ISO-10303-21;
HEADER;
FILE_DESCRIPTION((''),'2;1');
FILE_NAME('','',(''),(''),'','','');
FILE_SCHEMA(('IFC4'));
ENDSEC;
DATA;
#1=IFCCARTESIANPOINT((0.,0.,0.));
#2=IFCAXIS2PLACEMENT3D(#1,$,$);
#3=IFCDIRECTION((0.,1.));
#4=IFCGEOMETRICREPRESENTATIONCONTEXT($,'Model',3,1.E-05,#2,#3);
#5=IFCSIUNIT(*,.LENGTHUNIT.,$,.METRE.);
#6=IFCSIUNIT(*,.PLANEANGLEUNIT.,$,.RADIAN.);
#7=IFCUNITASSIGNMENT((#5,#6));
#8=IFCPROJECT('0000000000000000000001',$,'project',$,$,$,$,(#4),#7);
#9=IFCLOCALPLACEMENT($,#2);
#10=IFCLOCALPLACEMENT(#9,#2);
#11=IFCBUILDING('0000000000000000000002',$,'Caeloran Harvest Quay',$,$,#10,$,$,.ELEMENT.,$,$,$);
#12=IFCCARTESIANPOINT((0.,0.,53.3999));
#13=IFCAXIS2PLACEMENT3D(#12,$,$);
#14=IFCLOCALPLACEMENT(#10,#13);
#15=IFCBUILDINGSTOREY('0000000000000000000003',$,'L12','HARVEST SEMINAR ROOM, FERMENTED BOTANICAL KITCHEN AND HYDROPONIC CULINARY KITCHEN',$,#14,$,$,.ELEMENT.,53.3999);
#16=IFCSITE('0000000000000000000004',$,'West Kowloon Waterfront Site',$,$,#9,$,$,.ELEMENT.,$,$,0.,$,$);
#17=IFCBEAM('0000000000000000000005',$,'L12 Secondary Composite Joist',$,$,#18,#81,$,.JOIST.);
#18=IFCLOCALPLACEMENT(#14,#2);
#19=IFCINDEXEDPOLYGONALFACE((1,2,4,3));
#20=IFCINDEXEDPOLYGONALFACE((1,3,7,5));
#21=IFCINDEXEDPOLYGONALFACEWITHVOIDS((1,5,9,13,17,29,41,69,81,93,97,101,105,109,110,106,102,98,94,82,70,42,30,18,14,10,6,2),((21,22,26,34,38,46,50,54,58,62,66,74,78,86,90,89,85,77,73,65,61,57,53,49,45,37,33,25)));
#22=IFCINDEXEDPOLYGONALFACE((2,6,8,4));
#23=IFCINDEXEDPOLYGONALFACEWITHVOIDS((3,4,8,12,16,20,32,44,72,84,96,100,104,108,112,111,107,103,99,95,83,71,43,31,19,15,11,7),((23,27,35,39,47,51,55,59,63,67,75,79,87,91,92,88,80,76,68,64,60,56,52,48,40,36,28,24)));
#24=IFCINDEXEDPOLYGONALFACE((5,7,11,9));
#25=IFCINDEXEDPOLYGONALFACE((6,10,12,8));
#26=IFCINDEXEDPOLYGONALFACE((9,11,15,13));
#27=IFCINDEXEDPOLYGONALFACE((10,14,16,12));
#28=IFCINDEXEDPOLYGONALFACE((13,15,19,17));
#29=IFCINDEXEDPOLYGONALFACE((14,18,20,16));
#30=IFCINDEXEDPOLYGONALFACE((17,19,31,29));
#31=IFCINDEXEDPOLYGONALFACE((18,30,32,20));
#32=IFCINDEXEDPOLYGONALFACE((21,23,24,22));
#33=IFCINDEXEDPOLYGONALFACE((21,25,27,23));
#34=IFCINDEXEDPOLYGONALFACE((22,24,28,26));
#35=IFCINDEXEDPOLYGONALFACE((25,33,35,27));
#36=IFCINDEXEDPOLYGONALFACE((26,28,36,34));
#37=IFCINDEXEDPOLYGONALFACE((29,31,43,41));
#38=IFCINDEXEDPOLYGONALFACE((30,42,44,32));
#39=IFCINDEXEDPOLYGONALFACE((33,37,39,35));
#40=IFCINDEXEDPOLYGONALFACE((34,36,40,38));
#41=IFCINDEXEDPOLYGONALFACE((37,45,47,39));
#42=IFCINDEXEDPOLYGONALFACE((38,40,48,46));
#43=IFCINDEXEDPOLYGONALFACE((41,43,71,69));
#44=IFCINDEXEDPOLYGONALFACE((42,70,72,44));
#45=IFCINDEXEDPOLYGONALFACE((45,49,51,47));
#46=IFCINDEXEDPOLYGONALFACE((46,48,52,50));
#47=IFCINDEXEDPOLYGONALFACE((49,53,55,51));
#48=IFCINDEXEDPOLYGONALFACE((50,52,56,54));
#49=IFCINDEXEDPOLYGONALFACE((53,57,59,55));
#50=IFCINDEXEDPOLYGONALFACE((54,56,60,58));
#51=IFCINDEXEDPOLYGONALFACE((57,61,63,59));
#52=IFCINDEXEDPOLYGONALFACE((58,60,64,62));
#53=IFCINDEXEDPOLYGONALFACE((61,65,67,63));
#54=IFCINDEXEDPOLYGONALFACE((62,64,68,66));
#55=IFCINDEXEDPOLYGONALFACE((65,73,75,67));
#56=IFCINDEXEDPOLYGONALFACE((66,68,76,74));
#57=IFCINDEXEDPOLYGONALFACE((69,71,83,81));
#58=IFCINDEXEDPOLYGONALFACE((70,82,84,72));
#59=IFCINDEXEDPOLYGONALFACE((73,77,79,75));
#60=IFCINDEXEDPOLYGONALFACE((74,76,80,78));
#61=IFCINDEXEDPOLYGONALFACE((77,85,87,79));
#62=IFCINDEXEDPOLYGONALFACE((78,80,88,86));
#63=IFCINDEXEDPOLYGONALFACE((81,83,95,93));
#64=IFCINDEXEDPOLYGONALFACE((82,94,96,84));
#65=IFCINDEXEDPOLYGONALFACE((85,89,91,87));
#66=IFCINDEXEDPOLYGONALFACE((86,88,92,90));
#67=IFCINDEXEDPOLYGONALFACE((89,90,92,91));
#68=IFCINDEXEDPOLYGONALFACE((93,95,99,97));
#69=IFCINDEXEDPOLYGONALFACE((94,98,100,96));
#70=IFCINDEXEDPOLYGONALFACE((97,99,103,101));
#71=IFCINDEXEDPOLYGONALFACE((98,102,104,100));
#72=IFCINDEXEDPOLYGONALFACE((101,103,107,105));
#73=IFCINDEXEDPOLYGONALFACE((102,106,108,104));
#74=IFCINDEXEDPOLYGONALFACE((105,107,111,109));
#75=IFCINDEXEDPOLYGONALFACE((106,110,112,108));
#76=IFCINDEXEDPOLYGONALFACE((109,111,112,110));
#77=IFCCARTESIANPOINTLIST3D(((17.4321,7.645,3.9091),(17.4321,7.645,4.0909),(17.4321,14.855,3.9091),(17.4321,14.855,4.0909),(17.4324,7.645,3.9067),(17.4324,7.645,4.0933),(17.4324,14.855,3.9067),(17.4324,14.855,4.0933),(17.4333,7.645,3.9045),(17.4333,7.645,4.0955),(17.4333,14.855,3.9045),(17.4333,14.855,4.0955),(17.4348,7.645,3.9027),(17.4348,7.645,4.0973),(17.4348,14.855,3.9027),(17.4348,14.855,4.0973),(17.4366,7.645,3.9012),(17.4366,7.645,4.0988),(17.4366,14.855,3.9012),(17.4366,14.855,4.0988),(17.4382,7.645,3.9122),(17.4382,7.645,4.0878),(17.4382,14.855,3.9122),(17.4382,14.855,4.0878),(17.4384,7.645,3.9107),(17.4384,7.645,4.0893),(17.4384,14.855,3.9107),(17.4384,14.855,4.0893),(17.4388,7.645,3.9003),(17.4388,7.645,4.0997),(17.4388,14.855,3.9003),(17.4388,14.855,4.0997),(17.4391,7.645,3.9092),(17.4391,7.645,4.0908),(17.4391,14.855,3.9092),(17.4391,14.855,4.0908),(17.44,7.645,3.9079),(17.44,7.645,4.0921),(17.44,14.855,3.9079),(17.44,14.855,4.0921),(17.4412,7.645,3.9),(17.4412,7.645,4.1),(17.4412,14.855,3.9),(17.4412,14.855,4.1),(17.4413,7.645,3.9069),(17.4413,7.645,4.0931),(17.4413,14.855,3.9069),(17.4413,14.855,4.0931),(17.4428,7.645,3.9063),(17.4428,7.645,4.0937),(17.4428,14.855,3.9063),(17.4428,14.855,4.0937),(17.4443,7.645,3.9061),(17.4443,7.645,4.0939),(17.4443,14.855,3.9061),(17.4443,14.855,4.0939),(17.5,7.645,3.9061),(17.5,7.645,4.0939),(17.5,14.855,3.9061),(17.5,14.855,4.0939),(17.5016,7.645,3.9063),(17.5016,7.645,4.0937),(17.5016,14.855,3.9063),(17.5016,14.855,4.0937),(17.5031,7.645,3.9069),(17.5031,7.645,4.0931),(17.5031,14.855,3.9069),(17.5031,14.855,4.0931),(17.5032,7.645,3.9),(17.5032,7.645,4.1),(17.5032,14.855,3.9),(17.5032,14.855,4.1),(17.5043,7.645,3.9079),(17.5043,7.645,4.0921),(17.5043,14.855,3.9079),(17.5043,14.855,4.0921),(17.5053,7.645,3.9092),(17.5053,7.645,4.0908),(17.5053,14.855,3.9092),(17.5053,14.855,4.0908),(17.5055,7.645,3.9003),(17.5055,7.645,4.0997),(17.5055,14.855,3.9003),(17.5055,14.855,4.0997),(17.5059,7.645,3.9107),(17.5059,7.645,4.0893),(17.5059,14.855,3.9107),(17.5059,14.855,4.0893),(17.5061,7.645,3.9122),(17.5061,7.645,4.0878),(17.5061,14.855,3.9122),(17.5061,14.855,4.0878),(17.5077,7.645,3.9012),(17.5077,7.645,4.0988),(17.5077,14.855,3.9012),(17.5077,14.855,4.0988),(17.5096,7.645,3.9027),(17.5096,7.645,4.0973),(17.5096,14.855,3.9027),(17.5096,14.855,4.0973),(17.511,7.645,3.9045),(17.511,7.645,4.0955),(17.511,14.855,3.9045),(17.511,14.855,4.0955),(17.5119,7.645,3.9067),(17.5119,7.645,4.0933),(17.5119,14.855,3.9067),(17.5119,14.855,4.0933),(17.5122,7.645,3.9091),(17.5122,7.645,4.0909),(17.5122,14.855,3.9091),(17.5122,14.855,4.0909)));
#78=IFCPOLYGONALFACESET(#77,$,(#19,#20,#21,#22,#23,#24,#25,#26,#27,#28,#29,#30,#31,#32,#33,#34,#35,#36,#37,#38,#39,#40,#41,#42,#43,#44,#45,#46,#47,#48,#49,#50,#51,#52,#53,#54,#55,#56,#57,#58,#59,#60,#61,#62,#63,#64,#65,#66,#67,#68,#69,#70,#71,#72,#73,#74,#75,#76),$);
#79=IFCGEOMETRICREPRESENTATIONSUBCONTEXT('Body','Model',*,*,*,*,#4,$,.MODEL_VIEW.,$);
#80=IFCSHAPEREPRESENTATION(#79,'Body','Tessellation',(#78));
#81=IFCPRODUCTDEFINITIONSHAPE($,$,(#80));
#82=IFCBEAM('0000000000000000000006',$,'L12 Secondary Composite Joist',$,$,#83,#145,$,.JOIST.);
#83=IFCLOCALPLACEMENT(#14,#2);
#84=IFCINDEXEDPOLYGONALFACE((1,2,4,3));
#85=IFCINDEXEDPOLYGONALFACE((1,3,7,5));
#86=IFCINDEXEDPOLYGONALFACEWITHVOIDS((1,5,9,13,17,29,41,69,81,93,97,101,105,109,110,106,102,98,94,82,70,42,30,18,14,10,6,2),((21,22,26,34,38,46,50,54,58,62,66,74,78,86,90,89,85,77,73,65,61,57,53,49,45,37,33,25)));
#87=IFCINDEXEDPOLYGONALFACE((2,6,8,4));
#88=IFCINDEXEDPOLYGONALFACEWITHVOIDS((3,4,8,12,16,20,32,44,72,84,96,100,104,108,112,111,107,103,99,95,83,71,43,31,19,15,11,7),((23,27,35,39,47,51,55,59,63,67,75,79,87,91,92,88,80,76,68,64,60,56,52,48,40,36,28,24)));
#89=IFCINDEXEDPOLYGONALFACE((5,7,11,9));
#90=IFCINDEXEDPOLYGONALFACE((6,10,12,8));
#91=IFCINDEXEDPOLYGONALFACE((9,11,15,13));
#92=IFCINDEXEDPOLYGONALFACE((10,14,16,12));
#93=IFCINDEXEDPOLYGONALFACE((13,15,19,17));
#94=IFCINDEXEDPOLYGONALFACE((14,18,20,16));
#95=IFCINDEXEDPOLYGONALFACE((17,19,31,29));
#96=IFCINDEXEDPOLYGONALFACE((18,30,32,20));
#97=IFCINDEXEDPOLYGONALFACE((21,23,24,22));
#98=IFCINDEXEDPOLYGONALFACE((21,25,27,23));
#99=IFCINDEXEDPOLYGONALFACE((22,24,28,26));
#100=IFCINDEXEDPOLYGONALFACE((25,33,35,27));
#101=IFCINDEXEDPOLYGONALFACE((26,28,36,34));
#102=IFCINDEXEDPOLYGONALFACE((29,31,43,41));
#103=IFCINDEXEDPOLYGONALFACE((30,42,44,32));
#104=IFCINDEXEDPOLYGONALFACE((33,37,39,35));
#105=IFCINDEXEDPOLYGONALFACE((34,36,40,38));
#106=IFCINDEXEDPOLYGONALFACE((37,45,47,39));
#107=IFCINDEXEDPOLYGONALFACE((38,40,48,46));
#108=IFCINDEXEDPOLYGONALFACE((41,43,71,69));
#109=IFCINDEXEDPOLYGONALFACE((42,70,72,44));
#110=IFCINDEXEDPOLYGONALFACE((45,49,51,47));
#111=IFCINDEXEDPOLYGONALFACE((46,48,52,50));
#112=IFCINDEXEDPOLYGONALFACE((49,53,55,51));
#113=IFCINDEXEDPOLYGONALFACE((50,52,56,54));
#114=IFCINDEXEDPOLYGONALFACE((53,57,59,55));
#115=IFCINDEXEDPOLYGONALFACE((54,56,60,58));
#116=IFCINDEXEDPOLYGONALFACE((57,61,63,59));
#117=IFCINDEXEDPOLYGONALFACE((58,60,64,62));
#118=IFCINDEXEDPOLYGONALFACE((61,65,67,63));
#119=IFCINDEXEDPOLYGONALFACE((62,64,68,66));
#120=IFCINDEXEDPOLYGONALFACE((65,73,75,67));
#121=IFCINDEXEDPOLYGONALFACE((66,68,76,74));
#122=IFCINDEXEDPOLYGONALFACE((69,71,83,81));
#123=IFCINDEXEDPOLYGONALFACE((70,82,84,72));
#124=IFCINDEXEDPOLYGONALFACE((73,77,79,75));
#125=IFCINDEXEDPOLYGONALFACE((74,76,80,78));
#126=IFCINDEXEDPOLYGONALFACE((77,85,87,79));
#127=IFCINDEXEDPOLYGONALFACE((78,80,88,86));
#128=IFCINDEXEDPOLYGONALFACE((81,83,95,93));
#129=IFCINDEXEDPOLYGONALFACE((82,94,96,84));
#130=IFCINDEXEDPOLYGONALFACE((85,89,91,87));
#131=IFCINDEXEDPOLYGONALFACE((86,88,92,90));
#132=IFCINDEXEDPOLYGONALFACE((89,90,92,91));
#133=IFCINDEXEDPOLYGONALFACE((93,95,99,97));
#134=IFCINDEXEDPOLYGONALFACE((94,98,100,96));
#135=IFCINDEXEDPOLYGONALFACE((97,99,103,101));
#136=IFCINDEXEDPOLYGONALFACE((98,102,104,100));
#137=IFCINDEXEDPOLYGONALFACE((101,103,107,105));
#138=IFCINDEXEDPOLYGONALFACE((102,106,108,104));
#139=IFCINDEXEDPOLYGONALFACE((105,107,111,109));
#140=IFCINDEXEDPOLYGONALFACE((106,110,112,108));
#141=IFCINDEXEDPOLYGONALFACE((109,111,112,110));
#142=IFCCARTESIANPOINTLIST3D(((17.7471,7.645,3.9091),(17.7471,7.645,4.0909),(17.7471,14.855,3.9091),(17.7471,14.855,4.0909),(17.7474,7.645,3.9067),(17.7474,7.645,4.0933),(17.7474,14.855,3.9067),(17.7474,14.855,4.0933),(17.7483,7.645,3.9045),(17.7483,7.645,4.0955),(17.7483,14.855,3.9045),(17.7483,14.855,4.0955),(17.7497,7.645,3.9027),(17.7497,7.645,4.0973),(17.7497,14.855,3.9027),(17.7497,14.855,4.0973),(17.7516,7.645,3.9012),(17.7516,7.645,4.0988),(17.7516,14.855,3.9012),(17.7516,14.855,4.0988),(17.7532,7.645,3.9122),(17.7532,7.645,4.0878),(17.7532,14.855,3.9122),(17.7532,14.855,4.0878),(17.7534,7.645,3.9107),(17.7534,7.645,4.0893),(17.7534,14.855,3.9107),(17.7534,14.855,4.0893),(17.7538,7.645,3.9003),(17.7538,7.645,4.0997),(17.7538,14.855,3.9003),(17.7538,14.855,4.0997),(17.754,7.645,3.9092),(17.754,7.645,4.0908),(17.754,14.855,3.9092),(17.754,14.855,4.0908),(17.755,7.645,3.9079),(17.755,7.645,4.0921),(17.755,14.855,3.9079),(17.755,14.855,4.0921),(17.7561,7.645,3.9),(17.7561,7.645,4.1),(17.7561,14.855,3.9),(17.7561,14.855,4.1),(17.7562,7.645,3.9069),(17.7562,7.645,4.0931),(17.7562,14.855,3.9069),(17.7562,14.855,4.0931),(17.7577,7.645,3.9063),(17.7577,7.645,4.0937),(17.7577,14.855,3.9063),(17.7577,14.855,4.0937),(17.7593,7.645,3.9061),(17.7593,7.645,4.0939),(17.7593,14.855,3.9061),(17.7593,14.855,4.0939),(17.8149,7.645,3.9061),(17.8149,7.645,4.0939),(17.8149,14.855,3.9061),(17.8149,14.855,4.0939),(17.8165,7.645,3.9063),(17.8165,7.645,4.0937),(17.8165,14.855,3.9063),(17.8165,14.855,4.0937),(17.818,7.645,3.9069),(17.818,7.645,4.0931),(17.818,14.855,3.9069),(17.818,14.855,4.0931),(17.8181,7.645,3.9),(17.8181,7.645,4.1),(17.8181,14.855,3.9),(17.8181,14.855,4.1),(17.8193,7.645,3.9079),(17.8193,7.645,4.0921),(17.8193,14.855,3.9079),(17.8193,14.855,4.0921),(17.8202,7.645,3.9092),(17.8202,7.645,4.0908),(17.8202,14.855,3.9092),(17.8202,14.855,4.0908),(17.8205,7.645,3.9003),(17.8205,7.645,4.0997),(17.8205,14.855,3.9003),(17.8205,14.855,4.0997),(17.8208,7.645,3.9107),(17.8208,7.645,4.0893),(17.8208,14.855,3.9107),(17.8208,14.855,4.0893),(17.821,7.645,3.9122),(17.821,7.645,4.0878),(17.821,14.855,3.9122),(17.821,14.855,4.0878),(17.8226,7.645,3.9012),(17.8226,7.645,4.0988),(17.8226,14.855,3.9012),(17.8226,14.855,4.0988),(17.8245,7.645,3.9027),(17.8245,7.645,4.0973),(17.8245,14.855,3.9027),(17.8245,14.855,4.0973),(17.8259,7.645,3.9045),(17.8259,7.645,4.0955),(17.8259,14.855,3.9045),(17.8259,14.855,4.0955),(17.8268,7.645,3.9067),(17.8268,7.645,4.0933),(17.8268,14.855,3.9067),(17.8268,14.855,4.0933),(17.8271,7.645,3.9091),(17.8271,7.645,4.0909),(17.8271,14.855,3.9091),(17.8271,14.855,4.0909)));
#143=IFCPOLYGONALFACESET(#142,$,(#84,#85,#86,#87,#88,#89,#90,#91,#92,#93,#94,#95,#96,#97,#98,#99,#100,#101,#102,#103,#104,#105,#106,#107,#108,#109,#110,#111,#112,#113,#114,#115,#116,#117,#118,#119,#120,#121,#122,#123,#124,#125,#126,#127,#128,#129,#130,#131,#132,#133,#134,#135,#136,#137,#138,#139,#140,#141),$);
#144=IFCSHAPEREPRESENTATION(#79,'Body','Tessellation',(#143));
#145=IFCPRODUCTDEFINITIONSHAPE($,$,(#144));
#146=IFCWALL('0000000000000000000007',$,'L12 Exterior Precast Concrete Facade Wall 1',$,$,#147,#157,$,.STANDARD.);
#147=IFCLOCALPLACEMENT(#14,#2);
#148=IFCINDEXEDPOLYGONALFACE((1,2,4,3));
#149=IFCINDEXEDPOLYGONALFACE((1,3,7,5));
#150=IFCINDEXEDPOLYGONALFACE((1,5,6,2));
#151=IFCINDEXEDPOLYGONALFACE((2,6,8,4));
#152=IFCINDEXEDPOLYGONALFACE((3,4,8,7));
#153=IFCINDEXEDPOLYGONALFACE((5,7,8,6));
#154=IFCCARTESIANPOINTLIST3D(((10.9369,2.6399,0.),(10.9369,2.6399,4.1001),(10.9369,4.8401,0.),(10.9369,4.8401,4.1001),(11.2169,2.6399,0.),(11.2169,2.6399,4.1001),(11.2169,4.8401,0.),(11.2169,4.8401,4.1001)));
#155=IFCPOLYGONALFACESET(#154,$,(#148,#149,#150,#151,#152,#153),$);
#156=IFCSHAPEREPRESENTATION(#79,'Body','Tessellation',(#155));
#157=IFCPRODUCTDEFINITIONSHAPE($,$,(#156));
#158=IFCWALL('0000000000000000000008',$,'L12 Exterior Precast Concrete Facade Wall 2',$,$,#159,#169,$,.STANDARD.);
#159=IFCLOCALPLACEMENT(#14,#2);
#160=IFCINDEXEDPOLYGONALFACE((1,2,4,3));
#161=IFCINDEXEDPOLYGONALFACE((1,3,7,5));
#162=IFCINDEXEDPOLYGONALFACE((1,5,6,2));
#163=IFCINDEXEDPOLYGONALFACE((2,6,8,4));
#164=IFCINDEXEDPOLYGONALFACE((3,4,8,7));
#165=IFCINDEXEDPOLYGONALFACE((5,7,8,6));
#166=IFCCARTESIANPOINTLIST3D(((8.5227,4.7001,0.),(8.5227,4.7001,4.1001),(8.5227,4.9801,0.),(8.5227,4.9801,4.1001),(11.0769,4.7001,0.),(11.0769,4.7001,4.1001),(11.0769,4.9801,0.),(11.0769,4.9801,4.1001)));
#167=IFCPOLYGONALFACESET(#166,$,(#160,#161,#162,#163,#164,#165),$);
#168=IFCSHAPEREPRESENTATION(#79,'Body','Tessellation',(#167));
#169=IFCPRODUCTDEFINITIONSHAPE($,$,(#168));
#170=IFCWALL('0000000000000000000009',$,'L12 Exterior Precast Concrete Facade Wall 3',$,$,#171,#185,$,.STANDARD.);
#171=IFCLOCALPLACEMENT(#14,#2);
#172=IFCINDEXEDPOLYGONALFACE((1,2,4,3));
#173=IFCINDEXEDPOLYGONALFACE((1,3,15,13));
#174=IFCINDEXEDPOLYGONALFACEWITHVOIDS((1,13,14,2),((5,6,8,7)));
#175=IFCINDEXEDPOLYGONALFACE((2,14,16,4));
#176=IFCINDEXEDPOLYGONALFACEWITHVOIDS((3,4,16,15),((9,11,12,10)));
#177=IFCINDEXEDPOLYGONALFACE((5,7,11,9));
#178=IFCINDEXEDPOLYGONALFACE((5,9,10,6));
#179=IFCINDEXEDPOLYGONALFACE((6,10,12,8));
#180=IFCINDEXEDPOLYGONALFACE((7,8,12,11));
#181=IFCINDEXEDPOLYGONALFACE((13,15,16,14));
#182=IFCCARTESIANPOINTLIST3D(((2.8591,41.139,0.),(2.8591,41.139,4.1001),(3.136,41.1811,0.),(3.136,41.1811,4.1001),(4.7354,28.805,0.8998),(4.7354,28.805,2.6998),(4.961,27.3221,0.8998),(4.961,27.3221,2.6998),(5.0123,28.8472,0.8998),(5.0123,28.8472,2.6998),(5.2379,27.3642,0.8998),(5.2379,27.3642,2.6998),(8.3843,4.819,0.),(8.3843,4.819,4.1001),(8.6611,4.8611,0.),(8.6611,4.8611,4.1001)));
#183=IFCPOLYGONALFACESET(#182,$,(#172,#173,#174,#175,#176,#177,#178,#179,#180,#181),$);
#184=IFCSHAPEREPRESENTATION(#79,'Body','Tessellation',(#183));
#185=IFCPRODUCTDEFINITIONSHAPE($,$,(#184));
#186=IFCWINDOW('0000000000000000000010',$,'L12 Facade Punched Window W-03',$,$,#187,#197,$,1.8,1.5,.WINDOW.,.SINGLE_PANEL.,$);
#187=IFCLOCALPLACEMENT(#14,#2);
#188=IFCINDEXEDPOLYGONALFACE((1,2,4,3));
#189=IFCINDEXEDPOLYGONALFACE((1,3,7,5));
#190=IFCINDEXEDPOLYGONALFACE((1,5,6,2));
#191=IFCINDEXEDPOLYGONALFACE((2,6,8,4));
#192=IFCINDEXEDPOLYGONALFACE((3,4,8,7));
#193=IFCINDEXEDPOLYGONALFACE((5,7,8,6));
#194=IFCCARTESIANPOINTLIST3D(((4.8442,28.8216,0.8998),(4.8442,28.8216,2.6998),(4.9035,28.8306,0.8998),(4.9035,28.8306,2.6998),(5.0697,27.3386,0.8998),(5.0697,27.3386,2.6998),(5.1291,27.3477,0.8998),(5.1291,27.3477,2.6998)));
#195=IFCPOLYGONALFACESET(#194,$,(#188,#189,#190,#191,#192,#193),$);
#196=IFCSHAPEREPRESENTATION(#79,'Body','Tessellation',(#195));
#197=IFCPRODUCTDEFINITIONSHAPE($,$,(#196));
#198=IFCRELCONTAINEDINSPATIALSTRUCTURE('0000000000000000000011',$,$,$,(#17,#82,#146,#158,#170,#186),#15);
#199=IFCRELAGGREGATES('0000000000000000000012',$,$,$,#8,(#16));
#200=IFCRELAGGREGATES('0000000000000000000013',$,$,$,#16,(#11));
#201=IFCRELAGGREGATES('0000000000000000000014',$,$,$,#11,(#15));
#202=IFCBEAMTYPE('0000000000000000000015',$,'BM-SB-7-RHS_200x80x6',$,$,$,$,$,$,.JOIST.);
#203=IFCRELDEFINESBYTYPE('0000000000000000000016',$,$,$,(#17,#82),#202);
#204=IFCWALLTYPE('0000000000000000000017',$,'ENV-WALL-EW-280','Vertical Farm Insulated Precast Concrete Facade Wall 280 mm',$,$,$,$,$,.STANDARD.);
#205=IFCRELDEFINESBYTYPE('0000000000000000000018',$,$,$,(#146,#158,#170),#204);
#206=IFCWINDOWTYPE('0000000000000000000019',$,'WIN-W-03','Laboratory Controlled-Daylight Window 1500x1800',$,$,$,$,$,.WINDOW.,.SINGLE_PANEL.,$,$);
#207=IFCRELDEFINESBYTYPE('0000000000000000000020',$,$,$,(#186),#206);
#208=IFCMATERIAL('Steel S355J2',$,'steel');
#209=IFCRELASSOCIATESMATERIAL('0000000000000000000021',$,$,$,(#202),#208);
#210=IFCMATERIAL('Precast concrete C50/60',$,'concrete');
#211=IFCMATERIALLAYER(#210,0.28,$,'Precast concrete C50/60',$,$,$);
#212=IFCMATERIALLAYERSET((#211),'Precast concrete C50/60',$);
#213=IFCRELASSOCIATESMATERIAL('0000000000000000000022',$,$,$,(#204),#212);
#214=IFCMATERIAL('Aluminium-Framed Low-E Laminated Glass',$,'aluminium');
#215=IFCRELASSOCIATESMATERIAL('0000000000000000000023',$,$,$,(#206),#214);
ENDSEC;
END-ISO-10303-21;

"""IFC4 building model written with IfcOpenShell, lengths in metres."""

from ifc_helpers import new_model, si_unit, direction, frame, frame_2d, origin, origin_2d, place, context, subcontext, project, spatial, rectangle, hollow_rectangle, extrude, material, layer, layer_set, material_profile, profile_set, type_object, element, fill, save


model = new_model("IFC4")

# Units and contexts
model_context = context("Model", 3, precision=1e-05, world=origin(), true_north=direction((0.0, 1.0)))
body_context = subcontext(model_context, "Body", "Model", "MODEL_VIEW")
ifc_project = project(units=[si_unit("LENGTHUNIT", "METRE"), si_unit("PLANEANGLEUNIT", "RADIAN")], contexts=[model_context])

# Site, building, storey
site_placement = place(None, origin())
site = spatial("IfcSite", under=ifc_project, at=site_placement, Name="West Kowloon Waterfront Site", CompositionType="ELEMENT", RefElevation=0.0)
building_placement = place(site_placement, origin())
building = spatial("IfcBuilding", under=site, at=building_placement, Name="Caeloran Harvest Quay", CompositionType="ELEMENT")
storey_placement = place(building_placement, frame((0.0, 0.0, 53.3999)))
storey = spatial("IfcBuildingStorey", under=building, at=storey_placement, Name="L12", Description="HARVEST SEMINAR ROOM, FERMENTED BOTANICAL KITCHEN AND HYDROPONIC CULINARY KITCHEN", CompositionType="ELEMENT", Elevation=53.3999)

# Beams
ifc_material_1 = material(Name="Steel S355J2", Category="steel")
ifc_material_profile_1 = material_profile(ifc_material_1, hollow_rectangle(XDim=0.0801, YDim=0.2, WallThickness=0.0061, InnerFilletRadius=0.0061, OuterFilletRadius=0.009, at=origin_2d()), Name="RHS 200x80x6")
ifc_profile_set_1 = profile_set([ifc_material_profile_1], Name="Steel S355J2")
beam_type_1 = type_object("IfcBeamType", Name="BM-SB-7-RHS_200x80x6", PredefinedType="JOIST", material=ifc_profile_set_1)
for number, where, z_axis, x_axis, name in (
    (1, (17.4722, 7.645, 4.0), (0.0, 1.0, 0.0), (-1.0, 0.0, 0.0), "L12 Secondary Composite Joist"),
    (2, (17.7871, 7.645, 4.0), (0.0, 1.0, 0.0), (-1.0, 0.0, 0.0), "L12 Secondary Composite Joist"),
):
    element("IfcBeam", number, at=place(storey_placement, frame(where, z_axis=z_axis, x_axis=x_axis)), inside=storey, type_object=beam_type_1, Name=name, PredefinedType="JOIST", context=body_context, shape_type="SweptSolid", body=[
        extrude(hollow_rectangle(XDim=0.0801, YDim=0.2, WallThickness=0.0061, InnerFilletRadius=0.0061, OuterFilletRadius=0.009, at=origin_2d()), origin(), (0.0, 0.0, 1.0), 7.21),
    ])

# Walls
ifc_material_2 = material(Name="Precast concrete C50/60", Category="concrete")
ifc_layer_1 = layer(ifc_material_2, 0.28, Name="Precast concrete C50/60")
ifc_layer_set_1 = layer_set([ifc_layer_1], Name="Precast concrete C50/60")
wall_type_1 = type_object("IfcWallType", Name="ENV-WALL-EW-280", Description="Vertical Farm Insulated Precast Concrete Facade Wall 280 mm", PredefinedType="STANDARD", material=ifc_layer_set_1)
wall_1_placement = place(storey_placement, frame((11.0769, 2.6399, 0.0), z_axis=(0.0, 0.0, 1.0), x_axis=(0.0, 1.0, 0.0)))
element("IfcWall", 3, at=wall_1_placement, inside=storey, type_object=wall_type_1, Name="L12 Exterior Precast Concrete Facade Wall 1", PredefinedType="STANDARD", context=body_context, shape_type="SweptSolid", body=[
    extrude(rectangle(XDim=2.2002, YDim=0.28, at=frame_2d((1.1001, 0.0))), origin(), (0.0, 0.0, 1.0), 4.1001),
])
wall_2_placement = place(storey_placement, frame((11.0769, 4.8401, 0.0), z_axis=(0.0, 0.0, 1.0), x_axis=(-1.0, 0.0, 0.0)))
element("IfcWall", 4, at=wall_2_placement, inside=storey, type_object=wall_type_1, Name="L12 Exterior Precast Concrete Facade Wall 2", PredefinedType="STANDARD", context=body_context, shape_type="SweptSolid", body=[
    extrude(rectangle(XDim=2.5542, YDim=0.28, at=frame_2d((1.2771, 0.0))), origin(), (0.0, 0.0, 1.0), 4.1001),
])

# Wall, opening, window
wall_3_placement = place(storey_placement, frame((8.5227, 4.8401, 0.0), z_axis=(0.0, 0.0, 1.0), x_axis=(-0.150395, 0.988626, 0.0)))
wall_3 = element("IfcWall", 5, at=wall_3_placement, inside=storey, type_object=wall_type_1, Name="L12 Exterior Precast Concrete Facade Wall 3", PredefinedType="STANDARD", context=body_context, shape_type="SweptSolid", body=[
    extrude(rectangle(XDim=36.7378, YDim=0.28, at=frame_2d((18.3689, 0.0))), origin(), (0.0, 0.0, 1.0), 4.1001),
])
opening_placement = place(wall_3_placement, frame((22.762, 0.0, 0.8999)))
opening = element("IfcOpeningElement", 6, at=opening_placement, cuts=wall_3, PredefinedType="OPENING", context=body_context, shape_type="SweptSolid", body=[
    extrude(rectangle(XDim=1.5, YDim=1.8, at=frame_2d((0.75, 0.8999))), frame((0.0, 0.1499, 0.0), z_axis=(0.0, -1.0, 0.0), x_axis=(1.0, 0.0, 0.0)), (0.0, 0.0, 1.0), 0.3),
])
ifc_material_3 = material(Name="Aluminium-Framed Low-E Laminated Glass", Category="aluminium")
window_type = type_object("IfcWindowType", Name="WIN-W-03", Description="Laboratory Controlled-Daylight Window 1500x1800", PartitioningType="SINGLE_PANEL", PredefinedType="WINDOW", material=ifc_material_3)
window_placement = place(opening_placement, origin())
window = element("IfcWindow", 7, at=window_placement, inside=storey, type_object=window_type, Name="L12 Facade Punched Window W-03", OverallHeight=1.8, OverallWidth=1.5, PartitioningType="SINGLE_PANEL", PredefinedType="WINDOW", context=body_context, shape_type="SweptSolid", body=[
    extrude(rectangle(XDim=1.5, YDim=1.8, at=frame_2d((0.75, 0.8999))), frame((0.0, 0.03, 0.0), z_axis=(0.0, -1.0, 0.0), x_axis=(1.0, 0.0, 0.0)), (0.0, 0.0, 1.0), 0.0601),
])
fill(opening, window)

save(model, "model.ifc")
